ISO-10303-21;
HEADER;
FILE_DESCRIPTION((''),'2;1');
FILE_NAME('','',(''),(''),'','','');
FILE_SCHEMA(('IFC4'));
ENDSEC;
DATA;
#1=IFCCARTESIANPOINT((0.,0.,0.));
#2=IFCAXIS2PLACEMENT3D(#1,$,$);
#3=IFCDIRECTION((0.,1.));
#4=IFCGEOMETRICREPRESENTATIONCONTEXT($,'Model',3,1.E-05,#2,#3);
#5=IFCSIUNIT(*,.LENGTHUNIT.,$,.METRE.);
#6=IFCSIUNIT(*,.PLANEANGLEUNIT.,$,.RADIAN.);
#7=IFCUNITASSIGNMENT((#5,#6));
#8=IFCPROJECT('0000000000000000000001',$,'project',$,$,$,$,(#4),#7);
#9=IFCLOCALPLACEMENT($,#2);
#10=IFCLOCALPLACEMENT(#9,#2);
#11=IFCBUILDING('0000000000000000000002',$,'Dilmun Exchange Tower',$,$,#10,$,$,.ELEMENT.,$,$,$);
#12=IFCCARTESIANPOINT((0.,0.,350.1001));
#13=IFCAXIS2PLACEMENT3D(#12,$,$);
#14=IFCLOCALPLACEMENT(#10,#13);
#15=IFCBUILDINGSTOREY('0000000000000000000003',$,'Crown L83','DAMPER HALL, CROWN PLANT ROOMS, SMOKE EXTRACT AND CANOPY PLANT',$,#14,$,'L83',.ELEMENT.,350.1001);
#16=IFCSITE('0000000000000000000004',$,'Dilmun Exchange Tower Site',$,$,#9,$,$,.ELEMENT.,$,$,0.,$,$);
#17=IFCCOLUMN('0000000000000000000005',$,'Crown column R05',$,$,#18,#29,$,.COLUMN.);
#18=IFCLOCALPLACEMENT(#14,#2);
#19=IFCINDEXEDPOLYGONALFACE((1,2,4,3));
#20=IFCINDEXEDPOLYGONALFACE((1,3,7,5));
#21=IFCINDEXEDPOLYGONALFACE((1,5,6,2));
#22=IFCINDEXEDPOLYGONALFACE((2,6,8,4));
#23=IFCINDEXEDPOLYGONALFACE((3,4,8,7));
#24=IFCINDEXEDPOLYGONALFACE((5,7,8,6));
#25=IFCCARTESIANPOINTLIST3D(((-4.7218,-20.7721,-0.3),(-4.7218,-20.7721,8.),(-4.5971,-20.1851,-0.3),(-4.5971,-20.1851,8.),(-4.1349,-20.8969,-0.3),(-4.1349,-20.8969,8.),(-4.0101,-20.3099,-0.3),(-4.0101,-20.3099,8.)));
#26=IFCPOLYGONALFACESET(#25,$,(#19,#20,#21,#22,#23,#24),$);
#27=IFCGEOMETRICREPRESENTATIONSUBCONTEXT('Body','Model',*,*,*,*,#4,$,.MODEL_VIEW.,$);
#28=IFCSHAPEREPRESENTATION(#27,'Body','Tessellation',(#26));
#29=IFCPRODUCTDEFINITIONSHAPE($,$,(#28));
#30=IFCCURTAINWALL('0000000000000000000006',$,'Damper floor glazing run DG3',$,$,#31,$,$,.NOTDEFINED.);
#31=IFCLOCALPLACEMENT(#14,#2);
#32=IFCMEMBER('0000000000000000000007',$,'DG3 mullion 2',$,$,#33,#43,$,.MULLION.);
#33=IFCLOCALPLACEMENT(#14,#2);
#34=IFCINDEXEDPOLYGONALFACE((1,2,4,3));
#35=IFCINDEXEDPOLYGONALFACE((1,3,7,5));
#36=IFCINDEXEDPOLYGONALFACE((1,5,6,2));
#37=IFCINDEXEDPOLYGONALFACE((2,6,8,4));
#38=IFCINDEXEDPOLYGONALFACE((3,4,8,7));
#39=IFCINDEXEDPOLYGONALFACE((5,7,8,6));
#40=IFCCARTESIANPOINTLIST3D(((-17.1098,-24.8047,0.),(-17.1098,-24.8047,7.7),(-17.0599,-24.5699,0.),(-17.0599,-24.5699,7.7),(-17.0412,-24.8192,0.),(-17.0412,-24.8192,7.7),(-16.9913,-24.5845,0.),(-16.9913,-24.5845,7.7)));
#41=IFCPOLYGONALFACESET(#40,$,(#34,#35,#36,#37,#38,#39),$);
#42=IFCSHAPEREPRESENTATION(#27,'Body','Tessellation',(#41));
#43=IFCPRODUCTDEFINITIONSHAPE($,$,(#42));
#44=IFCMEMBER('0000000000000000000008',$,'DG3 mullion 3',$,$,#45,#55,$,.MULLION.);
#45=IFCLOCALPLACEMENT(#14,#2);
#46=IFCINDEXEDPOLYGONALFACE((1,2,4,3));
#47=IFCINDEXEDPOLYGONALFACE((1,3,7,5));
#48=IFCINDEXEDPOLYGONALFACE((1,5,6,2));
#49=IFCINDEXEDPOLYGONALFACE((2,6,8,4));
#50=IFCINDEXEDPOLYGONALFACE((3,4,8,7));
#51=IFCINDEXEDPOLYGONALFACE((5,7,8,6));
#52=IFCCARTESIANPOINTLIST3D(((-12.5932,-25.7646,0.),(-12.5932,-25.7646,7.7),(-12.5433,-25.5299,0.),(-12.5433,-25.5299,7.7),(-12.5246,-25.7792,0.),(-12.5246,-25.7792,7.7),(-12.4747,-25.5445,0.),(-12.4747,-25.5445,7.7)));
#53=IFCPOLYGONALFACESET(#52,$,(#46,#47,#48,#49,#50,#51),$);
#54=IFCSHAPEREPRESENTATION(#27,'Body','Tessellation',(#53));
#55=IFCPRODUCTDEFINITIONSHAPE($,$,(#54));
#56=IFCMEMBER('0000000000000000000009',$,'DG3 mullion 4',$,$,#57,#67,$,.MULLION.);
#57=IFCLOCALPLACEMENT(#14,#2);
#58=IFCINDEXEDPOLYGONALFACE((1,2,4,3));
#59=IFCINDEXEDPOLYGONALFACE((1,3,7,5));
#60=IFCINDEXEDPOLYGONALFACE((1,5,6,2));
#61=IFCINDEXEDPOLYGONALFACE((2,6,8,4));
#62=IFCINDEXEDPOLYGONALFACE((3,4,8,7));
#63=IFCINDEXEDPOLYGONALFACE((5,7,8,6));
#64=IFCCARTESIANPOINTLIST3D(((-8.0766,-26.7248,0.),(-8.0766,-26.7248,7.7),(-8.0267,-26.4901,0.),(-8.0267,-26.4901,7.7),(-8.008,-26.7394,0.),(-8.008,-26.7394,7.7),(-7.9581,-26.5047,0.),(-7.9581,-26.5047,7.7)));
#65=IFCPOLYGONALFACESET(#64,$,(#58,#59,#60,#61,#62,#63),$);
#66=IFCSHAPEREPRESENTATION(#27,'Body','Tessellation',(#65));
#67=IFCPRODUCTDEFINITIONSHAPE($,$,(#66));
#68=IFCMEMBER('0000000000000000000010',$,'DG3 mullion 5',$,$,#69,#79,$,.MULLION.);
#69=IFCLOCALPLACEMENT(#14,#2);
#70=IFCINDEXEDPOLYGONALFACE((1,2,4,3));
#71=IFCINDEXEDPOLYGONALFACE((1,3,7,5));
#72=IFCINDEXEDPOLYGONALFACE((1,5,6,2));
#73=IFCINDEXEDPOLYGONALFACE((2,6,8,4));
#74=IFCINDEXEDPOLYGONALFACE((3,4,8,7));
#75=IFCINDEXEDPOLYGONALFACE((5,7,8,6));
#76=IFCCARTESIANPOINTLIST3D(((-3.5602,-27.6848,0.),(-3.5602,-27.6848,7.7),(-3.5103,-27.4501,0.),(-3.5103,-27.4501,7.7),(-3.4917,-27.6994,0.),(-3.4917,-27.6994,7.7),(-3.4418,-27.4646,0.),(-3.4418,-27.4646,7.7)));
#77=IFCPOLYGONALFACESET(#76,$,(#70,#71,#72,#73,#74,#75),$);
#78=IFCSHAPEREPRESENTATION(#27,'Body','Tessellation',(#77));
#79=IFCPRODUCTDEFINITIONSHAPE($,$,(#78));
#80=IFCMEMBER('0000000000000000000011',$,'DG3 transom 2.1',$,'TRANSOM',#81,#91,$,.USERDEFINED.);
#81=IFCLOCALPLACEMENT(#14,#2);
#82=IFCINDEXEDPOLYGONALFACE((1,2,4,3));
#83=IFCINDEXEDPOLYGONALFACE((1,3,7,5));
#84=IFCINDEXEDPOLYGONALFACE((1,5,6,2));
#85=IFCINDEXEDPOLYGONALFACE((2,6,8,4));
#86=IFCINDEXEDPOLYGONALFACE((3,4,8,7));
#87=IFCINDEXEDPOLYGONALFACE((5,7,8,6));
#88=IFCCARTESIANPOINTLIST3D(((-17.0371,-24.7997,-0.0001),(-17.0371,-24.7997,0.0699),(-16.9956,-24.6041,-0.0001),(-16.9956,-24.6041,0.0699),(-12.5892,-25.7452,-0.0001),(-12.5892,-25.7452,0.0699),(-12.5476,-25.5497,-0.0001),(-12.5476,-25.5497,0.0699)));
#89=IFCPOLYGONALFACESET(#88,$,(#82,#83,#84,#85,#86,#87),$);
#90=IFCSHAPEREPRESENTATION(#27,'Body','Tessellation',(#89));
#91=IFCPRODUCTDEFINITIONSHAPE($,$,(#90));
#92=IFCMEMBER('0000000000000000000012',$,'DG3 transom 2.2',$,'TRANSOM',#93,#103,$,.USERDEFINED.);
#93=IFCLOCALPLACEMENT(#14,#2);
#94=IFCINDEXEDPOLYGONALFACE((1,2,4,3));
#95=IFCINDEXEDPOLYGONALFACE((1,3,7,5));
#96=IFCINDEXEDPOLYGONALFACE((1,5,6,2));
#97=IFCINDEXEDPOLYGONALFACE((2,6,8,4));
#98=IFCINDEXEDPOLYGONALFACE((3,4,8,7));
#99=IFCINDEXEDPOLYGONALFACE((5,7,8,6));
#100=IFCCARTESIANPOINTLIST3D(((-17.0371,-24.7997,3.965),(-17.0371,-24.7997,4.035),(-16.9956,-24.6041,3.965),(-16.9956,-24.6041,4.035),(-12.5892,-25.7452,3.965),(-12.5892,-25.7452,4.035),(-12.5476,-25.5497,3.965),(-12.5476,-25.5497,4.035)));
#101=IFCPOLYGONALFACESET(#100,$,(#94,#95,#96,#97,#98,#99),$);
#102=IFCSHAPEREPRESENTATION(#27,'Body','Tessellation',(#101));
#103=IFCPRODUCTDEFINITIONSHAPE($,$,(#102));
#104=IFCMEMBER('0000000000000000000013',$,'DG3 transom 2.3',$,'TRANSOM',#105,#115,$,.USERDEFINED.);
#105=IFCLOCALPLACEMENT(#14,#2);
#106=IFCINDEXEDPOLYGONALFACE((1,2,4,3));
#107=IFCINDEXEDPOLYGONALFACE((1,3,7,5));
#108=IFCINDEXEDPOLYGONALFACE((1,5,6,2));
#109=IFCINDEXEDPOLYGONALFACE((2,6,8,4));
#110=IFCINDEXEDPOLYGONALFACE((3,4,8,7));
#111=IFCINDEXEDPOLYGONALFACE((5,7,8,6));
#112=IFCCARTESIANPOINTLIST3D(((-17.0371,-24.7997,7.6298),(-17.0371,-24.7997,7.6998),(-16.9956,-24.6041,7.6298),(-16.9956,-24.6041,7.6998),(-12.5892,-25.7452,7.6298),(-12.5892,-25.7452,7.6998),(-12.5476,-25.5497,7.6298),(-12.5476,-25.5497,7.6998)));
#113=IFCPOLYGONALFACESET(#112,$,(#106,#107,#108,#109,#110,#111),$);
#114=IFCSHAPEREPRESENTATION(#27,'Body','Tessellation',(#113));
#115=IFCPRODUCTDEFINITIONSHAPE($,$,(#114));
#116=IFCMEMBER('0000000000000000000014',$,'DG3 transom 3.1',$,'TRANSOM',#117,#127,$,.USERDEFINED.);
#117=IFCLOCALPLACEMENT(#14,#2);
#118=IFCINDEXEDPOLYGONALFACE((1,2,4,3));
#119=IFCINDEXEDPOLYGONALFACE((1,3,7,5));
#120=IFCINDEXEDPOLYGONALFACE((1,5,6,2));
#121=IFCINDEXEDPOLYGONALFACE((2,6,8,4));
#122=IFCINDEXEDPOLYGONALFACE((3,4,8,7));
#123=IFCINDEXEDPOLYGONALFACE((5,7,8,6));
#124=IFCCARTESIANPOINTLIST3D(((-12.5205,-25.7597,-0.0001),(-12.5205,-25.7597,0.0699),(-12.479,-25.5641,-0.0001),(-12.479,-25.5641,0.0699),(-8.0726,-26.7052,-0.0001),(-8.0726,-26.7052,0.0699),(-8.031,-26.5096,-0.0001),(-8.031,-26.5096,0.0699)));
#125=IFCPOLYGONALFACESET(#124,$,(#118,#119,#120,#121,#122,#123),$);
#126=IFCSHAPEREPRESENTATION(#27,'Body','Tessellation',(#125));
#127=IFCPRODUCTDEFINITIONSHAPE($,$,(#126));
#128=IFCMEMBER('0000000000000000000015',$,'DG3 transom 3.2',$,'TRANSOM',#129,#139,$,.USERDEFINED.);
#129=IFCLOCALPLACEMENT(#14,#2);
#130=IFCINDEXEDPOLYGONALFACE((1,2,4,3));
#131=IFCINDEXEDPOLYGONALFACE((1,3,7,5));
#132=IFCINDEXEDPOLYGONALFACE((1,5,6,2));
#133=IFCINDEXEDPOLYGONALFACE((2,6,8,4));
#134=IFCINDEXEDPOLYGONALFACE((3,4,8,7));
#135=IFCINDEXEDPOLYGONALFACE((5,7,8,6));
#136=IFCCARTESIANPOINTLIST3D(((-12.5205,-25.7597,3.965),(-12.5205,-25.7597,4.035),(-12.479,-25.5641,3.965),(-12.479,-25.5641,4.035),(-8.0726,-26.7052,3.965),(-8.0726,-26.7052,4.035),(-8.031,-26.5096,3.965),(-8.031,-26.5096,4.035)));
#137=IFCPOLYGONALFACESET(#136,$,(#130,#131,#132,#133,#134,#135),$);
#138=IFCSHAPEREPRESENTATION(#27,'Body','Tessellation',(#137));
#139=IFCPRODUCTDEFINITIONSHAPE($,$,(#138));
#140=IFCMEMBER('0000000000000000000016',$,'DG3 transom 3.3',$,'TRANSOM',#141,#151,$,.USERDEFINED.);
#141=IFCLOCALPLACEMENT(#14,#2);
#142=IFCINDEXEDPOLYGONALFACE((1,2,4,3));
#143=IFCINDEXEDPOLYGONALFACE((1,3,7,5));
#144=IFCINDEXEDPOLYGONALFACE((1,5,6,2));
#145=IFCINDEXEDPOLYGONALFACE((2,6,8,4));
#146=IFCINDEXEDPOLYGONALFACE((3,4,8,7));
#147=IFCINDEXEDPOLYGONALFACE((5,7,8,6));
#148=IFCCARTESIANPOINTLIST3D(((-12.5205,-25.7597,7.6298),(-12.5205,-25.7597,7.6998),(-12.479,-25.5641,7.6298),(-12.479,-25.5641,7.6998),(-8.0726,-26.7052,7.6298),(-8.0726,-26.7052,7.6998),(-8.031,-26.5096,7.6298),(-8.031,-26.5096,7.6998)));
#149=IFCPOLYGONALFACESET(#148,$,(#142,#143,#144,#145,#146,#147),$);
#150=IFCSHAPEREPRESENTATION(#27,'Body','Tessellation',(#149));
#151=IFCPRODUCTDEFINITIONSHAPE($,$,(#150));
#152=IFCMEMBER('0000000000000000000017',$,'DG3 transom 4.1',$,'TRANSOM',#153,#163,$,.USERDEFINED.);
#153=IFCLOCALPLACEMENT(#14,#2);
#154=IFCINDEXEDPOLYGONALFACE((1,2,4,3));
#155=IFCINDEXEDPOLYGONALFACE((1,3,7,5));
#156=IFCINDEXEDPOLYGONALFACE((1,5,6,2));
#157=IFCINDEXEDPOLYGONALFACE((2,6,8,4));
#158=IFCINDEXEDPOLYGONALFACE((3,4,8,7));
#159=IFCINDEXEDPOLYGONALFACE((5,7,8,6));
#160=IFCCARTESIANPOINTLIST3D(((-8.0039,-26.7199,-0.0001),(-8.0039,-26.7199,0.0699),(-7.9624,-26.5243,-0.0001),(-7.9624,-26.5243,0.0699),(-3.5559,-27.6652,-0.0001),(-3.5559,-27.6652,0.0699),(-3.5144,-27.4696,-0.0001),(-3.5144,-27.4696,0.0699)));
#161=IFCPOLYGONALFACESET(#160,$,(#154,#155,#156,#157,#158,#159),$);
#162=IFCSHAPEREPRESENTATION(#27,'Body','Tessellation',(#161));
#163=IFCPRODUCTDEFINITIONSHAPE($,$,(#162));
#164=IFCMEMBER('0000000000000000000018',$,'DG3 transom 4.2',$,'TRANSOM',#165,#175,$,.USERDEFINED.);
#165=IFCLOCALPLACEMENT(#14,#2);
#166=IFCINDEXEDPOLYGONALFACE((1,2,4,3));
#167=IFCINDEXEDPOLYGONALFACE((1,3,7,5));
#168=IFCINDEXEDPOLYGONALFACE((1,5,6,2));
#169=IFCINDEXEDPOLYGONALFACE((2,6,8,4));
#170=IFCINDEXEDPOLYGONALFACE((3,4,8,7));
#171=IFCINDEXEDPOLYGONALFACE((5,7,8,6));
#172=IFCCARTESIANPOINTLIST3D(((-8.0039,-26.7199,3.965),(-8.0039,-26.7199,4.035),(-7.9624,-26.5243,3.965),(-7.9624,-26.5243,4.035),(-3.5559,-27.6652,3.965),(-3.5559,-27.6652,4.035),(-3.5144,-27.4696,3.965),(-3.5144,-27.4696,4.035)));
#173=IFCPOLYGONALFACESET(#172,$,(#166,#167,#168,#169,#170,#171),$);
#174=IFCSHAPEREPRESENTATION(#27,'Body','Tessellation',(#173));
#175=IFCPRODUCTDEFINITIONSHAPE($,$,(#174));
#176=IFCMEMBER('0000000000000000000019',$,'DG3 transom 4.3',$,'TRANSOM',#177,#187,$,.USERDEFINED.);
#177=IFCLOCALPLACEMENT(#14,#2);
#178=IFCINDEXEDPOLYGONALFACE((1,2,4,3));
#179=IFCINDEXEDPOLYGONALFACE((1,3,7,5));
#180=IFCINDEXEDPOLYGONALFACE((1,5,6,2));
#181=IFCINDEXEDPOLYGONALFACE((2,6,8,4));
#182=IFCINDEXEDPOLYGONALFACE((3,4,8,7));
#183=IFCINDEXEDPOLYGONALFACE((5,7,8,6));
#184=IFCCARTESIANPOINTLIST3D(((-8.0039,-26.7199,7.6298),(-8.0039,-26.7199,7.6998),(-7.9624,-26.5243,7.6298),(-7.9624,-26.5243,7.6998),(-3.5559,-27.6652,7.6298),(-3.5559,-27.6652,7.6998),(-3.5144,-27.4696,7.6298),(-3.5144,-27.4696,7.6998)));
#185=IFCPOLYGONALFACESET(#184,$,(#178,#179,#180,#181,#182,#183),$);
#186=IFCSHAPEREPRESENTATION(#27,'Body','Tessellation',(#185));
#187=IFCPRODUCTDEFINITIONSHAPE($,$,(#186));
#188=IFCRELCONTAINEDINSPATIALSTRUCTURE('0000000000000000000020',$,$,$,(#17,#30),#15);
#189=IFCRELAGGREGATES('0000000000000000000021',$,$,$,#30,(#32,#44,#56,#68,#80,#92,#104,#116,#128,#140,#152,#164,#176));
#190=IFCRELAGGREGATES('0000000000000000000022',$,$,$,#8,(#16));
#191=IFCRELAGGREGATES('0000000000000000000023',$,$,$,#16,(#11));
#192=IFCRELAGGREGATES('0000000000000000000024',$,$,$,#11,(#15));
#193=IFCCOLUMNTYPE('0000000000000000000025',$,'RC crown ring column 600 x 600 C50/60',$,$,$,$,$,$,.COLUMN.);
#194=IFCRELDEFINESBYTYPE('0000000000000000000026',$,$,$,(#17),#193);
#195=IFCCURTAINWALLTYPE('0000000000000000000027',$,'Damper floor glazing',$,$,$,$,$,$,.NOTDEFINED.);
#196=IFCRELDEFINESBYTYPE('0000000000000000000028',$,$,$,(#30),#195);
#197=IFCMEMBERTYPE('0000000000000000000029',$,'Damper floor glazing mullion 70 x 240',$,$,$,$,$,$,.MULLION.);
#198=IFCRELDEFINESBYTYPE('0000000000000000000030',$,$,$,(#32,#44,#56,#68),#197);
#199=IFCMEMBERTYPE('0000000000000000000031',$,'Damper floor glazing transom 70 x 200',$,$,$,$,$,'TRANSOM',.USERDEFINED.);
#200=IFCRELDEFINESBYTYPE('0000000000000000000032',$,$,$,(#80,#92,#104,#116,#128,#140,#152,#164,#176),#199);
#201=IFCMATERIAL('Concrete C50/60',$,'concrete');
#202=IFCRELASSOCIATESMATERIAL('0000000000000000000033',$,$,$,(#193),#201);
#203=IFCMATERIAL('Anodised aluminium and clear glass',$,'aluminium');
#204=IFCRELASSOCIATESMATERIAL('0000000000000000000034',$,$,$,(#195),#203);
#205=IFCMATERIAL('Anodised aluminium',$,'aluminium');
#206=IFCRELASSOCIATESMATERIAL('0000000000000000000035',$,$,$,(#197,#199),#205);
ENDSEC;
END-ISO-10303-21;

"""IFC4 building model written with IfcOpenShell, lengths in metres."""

from ifc_helpers import new_model, si_unit, direction, frame, origin, origin_2d, place, context, subcontext, project, spatial, rectangle, extrude, material, material_profile, profile_set, type_object, element, aggregate, save


model = new_model("IFC4")

# Units and contexts
model_context = context("Model", 3, precision=1e-05, world=origin(), true_north=direction((0.0, 1.0)))
body_context = subcontext(model_context, "Body", "Model", "MODEL_VIEW")
ifc_project = project(units=[si_unit("LENGTHUNIT", "METRE"), si_unit("PLANEANGLEUNIT", "RADIAN")], contexts=[model_context])

# Site, building, storey
site_placement = place(None, origin())
site = spatial("IfcSite", under=ifc_project, at=site_placement, Name="Dilmun Exchange Tower Site", CompositionType="ELEMENT", RefElevation=0.0)
building_placement = place(site_placement, origin())
building = spatial("IfcBuilding", under=site, at=building_placement, Name="Dilmun Exchange Tower", CompositionType="ELEMENT")
storey_placement = place(building_placement, frame((0.0, 0.0, 350.1001)))
storey = spatial("IfcBuildingStorey", under=building, at=storey_placement, Name="Crown L83", Description="DAMPER HALL, CROWN PLANT ROOMS, SMOKE EXTRACT AND CANOPY PLANT", LongName="L83", CompositionType="ELEMENT", Elevation=350.1001)

# Column
ifc_material_1 = material(Name="Concrete C50/60", Category="concrete")
ifc_material_profile_1 = material_profile(ifc_material_1, rectangle(XDim=0.6001, YDim=0.6001, at=origin_2d()), Name="600 x 600")
ifc_profile_set_1 = profile_set([ifc_material_profile_1], Name="Concrete C50/60")
column_type = type_object("IfcColumnType", Name="RC crown ring column 600 x 600 C50/60", PredefinedType="COLUMN", material=ifc_profile_set_1)
column_placement = place(storey_placement, frame((-4.366, -20.541, -0.3), z_axis=(0.0, 0.0, 1.0), x_axis=(0.207912, 0.978148, 0.0)))
element("IfcColumn", 1, at=column_placement, inside=storey, type_object=column_type, Name="Crown column R05", PredefinedType="COLUMN", context=body_context, shape_type="SweptSolid", body=[
    extrude(rectangle(XDim=0.6001, YDim=0.6001, at=origin_2d()), origin(), (0.0, 0.0, 1.0), 8.3),
])

# Curtain wall, members
ifc_material_2 = material(Name="Anodised aluminium and clear glass", Category="aluminium")
curtain_wall_type = type_object("IfcCurtainWallType", Name="Damper floor glazing", PredefinedType="NOTDEFINED", material=ifc_material_2)
curtain_wall_placement = place(storey_placement, origin())
curtain_wall = element("IfcCurtainWall", 2, at=curtain_wall_placement, inside=storey, type_object=curtain_wall_type, Name="Damper floor glazing run DG3", PredefinedType="NOTDEFINED")
ifc_material_3 = material(Name="Anodised aluminium", Category="aluminium")
ifc_material_profile_2 = material_profile(ifc_material_3, rectangle(XDim=0.24, YDim=0.0701, at=origin_2d()), Name="AL 70x240")
ifc_profile_set_2 = profile_set([ifc_material_profile_2], Name="Anodised aluminium")
member_type_1 = type_object("IfcMemberType", Name="Damper floor glazing mullion 70 x 240", PredefinedType="MULLION", material=ifc_profile_set_2)
member_1_placement = place(storey_placement, frame((-17.0505, -24.6946, 0.0), z_axis=(0.0, 0.0, 1.0), x_axis=(0.207911, 0.978148, 0.0)))
member_1 = element("IfcMember", 3, at=member_1_placement, type_object=member_type_1, Name="DG3 mullion 2", PredefinedType="MULLION", context=body_context, shape_type="SweptSolid", body=[
    extrude(rectangle(XDim=0.24, YDim=0.0701, at=origin_2d()), origin(), (0.0, 0.0, 1.0), 7.7),
])
member_2_placement = place(storey_placement, frame((-12.5339, -25.6545, 0.0), z_axis=(0.0, 0.0, 1.0), x_axis=(0.207911, 0.978148, 0.0)))
member_2 = element("IfcMember", 4, at=member_2_placement, type_object=member_type_1, Name="DG3 mullion 3", PredefinedType="MULLION", context=body_context, shape_type="SweptSolid", body=[
    extrude(rectangle(XDim=0.24, YDim=0.0701, at=origin_2d()), origin(), (0.0, 0.0, 1.0), 7.7),
])
member_3_placement = place(storey_placement, frame((-8.0173, -26.6147, 0.0), z_axis=(0.0, 0.0, 1.0), x_axis=(0.207911, 0.978148, 0.0)))
member_3 = element("IfcMember", 5, at=member_3_placement, type_object=member_type_1, Name="DG3 mullion 4", PredefinedType="MULLION", context=body_context, shape_type="SweptSolid", body=[
    extrude(rectangle(XDim=0.24, YDim=0.0701, at=origin_2d()), origin(), (0.0, 0.0, 1.0), 7.7),
])
member_4_placement = place(storey_placement, frame((-3.501, -27.5747, 0.0), z_axis=(0.0, 0.0, 1.0), x_axis=(0.207911, 0.978148, 0.0)))
member_4 = element("IfcMember", 6, at=member_4_placement, type_object=member_type_1, Name="DG3 mullion 5", PredefinedType="MULLION", context=body_context, shape_type="SweptSolid", body=[
    extrude(rectangle(XDim=0.24, YDim=0.0701, at=origin_2d()), origin(), (0.0, 0.0, 1.0), 7.7),
])
ifc_material_profile_3 = material_profile(ifc_material_3, rectangle(XDim=0.2, YDim=0.0701, at=origin_2d()), Name="AL 70x200")
ifc_profile_set_3 = profile_set([ifc_material_profile_3], Name="Anodised aluminium")
member_type_2 = type_object("IfcMemberType", Name="Damper floor glazing transom 70 x 200", ElementType="TRANSOM", PredefinedType="USERDEFINED", material=ifc_profile_set_3)
member_5_placement = place(storey_placement, frame((-17.0164, -24.7019, 0.0349), z_axis=(0.978143, -0.207934, 0.0), x_axis=(0.207934, 0.978143, 0.0)))
member_5 = element("IfcMember", 7, at=member_5_placement, type_object=member_type_2, Name="DG3 transom 2.1", ObjectType="TRANSOM", PredefinedType="USERDEFINED", context=body_context, shape_type="SweptSolid", body=[
    extrude(rectangle(XDim=0.2, YDim=0.0701, at=origin_2d()), origin(), (0.0, 0.0, 1.0), 4.5474),
])
member_6_placement = place(storey_placement, frame((-17.0164, -24.7019, 4.0), z_axis=(0.978143, -0.207934, 0.0), x_axis=(0.207934, 0.978143, 0.0)))
member_6 = element("IfcMember", 8, at=member_6_placement, type_object=member_type_2, Name="DG3 transom 2.2", ObjectType="TRANSOM", PredefinedType="USERDEFINED", context=body_context, shape_type="SweptSolid", body=[
    extrude(rectangle(XDim=0.2, YDim=0.0701, at=origin_2d()), origin(), (0.0, 0.0, 1.0), 4.5474),
])
member_7_placement = place(storey_placement, frame((-17.0164, -24.7019, 7.6648), z_axis=(0.978143, -0.207934, 0.0), x_axis=(0.207934, 0.978143, 0.0)))
member_7 = element("IfcMember", 9, at=member_7_placement, type_object=member_type_2, Name="DG3 transom 2.3", ObjectType="TRANSOM", PredefinedType="USERDEFINED", context=body_context, shape_type="SweptSolid", body=[
    extrude(rectangle(XDim=0.2, YDim=0.0701, at=origin_2d()), origin(), (0.0, 0.0, 1.0), 4.5474),
])
member_8_placement = place(storey_placement, frame((-12.4998, -25.6619, 0.0349), z_axis=(0.978143, -0.207934, 0.0), x_axis=(0.207934, 0.978143, 0.0)))
member_8 = element("IfcMember", 10, at=member_8_placement, type_object=member_type_2, Name="DG3 transom 3.1", ObjectType="TRANSOM", PredefinedType="USERDEFINED", context=body_context, shape_type="SweptSolid", body=[
    extrude(rectangle(XDim=0.2, YDim=0.0701, at=origin_2d()), origin(), (0.0, 0.0, 1.0), 4.5474),
])
member_9_placement = place(storey_placement, frame((-12.4998, -25.6619, 4.0), z_axis=(0.978143, -0.207934, 0.0), x_axis=(0.207934, 0.978143, 0.0)))
member_9 = element("IfcMember", 11, at=member_9_placement, type_object=member_type_2, Name="DG3 transom 3.2", ObjectType="TRANSOM", PredefinedType="USERDEFINED", context=body_context, shape_type="SweptSolid", body=[
    extrude(rectangle(XDim=0.2, YDim=0.0701, at=origin_2d()), origin(), (0.0, 0.0, 1.0), 4.5474),
])
member_10_placement = place(storey_placement, frame((-12.4998, -25.6619, 7.6648), z_axis=(0.978143, -0.207934, 0.0), x_axis=(0.207934, 0.978143, 0.0)))
member_10 = element("IfcMember", 12, at=member_10_placement, type_object=member_type_2, Name="DG3 transom 3.3", ObjectType="TRANSOM", PredefinedType="USERDEFINED", context=body_context, shape_type="SweptSolid", body=[
    extrude(rectangle(XDim=0.2, YDim=0.0701, at=origin_2d()), origin(), (0.0, 0.0, 1.0), 4.5474),
])
member_11_placement = place(storey_placement, frame((-7.9832, -26.6221, 0.0349), z_axis=(0.978154, -0.207883, 0.0), x_axis=(0.207883, 0.978154, 0.0)))
member_11 = element("IfcMember", 13, at=member_11_placement, type_object=member_type_2, Name="DG3 transom 4.1", ObjectType="TRANSOM", PredefinedType="USERDEFINED", context=body_context, shape_type="SweptSolid", body=[
    extrude(rectangle(XDim=0.2, YDim=0.0701, at=origin_2d()), origin(), (0.0, 0.0, 1.0), 4.5474),
])
member_12_placement = place(storey_placement, frame((-7.9832, -26.6221, 4.0), z_axis=(0.978154, -0.207883, 0.0), x_axis=(0.207883, 0.978154, 0.0)))
member_12 = element("IfcMember", 14, at=member_12_placement, type_object=member_type_2, Name="DG3 transom 4.2", ObjectType="TRANSOM", PredefinedType="USERDEFINED", context=body_context, shape_type="SweptSolid", body=[
    extrude(rectangle(XDim=0.2, YDim=0.0701, at=origin_2d()), origin(), (0.0, 0.0, 1.0), 4.5474),
])
member_13_placement = place(storey_placement, frame((-7.9832, -26.6221, 7.6648), z_axis=(0.978154, -0.207883, 0.0), x_axis=(0.207883, 0.978154, 0.0)))
member_13 = element("IfcMember", 15, at=member_13_placement, type_object=member_type_2, Name="DG3 transom 4.3", ObjectType="TRANSOM", PredefinedType="USERDEFINED", context=body_context, shape_type="SweptSolid", body=[
    extrude(rectangle(XDim=0.2, YDim=0.0701, at=origin_2d()), origin(), (0.0, 0.0, 1.0), 4.5474),
])

aggregate(curtain_wall, [member_1, member_2, member_3, member_4, member_5, member_6, member_7, member_8, member_9, member_10, member_11, member_12, member_13])

save(model, "model.ifc")
